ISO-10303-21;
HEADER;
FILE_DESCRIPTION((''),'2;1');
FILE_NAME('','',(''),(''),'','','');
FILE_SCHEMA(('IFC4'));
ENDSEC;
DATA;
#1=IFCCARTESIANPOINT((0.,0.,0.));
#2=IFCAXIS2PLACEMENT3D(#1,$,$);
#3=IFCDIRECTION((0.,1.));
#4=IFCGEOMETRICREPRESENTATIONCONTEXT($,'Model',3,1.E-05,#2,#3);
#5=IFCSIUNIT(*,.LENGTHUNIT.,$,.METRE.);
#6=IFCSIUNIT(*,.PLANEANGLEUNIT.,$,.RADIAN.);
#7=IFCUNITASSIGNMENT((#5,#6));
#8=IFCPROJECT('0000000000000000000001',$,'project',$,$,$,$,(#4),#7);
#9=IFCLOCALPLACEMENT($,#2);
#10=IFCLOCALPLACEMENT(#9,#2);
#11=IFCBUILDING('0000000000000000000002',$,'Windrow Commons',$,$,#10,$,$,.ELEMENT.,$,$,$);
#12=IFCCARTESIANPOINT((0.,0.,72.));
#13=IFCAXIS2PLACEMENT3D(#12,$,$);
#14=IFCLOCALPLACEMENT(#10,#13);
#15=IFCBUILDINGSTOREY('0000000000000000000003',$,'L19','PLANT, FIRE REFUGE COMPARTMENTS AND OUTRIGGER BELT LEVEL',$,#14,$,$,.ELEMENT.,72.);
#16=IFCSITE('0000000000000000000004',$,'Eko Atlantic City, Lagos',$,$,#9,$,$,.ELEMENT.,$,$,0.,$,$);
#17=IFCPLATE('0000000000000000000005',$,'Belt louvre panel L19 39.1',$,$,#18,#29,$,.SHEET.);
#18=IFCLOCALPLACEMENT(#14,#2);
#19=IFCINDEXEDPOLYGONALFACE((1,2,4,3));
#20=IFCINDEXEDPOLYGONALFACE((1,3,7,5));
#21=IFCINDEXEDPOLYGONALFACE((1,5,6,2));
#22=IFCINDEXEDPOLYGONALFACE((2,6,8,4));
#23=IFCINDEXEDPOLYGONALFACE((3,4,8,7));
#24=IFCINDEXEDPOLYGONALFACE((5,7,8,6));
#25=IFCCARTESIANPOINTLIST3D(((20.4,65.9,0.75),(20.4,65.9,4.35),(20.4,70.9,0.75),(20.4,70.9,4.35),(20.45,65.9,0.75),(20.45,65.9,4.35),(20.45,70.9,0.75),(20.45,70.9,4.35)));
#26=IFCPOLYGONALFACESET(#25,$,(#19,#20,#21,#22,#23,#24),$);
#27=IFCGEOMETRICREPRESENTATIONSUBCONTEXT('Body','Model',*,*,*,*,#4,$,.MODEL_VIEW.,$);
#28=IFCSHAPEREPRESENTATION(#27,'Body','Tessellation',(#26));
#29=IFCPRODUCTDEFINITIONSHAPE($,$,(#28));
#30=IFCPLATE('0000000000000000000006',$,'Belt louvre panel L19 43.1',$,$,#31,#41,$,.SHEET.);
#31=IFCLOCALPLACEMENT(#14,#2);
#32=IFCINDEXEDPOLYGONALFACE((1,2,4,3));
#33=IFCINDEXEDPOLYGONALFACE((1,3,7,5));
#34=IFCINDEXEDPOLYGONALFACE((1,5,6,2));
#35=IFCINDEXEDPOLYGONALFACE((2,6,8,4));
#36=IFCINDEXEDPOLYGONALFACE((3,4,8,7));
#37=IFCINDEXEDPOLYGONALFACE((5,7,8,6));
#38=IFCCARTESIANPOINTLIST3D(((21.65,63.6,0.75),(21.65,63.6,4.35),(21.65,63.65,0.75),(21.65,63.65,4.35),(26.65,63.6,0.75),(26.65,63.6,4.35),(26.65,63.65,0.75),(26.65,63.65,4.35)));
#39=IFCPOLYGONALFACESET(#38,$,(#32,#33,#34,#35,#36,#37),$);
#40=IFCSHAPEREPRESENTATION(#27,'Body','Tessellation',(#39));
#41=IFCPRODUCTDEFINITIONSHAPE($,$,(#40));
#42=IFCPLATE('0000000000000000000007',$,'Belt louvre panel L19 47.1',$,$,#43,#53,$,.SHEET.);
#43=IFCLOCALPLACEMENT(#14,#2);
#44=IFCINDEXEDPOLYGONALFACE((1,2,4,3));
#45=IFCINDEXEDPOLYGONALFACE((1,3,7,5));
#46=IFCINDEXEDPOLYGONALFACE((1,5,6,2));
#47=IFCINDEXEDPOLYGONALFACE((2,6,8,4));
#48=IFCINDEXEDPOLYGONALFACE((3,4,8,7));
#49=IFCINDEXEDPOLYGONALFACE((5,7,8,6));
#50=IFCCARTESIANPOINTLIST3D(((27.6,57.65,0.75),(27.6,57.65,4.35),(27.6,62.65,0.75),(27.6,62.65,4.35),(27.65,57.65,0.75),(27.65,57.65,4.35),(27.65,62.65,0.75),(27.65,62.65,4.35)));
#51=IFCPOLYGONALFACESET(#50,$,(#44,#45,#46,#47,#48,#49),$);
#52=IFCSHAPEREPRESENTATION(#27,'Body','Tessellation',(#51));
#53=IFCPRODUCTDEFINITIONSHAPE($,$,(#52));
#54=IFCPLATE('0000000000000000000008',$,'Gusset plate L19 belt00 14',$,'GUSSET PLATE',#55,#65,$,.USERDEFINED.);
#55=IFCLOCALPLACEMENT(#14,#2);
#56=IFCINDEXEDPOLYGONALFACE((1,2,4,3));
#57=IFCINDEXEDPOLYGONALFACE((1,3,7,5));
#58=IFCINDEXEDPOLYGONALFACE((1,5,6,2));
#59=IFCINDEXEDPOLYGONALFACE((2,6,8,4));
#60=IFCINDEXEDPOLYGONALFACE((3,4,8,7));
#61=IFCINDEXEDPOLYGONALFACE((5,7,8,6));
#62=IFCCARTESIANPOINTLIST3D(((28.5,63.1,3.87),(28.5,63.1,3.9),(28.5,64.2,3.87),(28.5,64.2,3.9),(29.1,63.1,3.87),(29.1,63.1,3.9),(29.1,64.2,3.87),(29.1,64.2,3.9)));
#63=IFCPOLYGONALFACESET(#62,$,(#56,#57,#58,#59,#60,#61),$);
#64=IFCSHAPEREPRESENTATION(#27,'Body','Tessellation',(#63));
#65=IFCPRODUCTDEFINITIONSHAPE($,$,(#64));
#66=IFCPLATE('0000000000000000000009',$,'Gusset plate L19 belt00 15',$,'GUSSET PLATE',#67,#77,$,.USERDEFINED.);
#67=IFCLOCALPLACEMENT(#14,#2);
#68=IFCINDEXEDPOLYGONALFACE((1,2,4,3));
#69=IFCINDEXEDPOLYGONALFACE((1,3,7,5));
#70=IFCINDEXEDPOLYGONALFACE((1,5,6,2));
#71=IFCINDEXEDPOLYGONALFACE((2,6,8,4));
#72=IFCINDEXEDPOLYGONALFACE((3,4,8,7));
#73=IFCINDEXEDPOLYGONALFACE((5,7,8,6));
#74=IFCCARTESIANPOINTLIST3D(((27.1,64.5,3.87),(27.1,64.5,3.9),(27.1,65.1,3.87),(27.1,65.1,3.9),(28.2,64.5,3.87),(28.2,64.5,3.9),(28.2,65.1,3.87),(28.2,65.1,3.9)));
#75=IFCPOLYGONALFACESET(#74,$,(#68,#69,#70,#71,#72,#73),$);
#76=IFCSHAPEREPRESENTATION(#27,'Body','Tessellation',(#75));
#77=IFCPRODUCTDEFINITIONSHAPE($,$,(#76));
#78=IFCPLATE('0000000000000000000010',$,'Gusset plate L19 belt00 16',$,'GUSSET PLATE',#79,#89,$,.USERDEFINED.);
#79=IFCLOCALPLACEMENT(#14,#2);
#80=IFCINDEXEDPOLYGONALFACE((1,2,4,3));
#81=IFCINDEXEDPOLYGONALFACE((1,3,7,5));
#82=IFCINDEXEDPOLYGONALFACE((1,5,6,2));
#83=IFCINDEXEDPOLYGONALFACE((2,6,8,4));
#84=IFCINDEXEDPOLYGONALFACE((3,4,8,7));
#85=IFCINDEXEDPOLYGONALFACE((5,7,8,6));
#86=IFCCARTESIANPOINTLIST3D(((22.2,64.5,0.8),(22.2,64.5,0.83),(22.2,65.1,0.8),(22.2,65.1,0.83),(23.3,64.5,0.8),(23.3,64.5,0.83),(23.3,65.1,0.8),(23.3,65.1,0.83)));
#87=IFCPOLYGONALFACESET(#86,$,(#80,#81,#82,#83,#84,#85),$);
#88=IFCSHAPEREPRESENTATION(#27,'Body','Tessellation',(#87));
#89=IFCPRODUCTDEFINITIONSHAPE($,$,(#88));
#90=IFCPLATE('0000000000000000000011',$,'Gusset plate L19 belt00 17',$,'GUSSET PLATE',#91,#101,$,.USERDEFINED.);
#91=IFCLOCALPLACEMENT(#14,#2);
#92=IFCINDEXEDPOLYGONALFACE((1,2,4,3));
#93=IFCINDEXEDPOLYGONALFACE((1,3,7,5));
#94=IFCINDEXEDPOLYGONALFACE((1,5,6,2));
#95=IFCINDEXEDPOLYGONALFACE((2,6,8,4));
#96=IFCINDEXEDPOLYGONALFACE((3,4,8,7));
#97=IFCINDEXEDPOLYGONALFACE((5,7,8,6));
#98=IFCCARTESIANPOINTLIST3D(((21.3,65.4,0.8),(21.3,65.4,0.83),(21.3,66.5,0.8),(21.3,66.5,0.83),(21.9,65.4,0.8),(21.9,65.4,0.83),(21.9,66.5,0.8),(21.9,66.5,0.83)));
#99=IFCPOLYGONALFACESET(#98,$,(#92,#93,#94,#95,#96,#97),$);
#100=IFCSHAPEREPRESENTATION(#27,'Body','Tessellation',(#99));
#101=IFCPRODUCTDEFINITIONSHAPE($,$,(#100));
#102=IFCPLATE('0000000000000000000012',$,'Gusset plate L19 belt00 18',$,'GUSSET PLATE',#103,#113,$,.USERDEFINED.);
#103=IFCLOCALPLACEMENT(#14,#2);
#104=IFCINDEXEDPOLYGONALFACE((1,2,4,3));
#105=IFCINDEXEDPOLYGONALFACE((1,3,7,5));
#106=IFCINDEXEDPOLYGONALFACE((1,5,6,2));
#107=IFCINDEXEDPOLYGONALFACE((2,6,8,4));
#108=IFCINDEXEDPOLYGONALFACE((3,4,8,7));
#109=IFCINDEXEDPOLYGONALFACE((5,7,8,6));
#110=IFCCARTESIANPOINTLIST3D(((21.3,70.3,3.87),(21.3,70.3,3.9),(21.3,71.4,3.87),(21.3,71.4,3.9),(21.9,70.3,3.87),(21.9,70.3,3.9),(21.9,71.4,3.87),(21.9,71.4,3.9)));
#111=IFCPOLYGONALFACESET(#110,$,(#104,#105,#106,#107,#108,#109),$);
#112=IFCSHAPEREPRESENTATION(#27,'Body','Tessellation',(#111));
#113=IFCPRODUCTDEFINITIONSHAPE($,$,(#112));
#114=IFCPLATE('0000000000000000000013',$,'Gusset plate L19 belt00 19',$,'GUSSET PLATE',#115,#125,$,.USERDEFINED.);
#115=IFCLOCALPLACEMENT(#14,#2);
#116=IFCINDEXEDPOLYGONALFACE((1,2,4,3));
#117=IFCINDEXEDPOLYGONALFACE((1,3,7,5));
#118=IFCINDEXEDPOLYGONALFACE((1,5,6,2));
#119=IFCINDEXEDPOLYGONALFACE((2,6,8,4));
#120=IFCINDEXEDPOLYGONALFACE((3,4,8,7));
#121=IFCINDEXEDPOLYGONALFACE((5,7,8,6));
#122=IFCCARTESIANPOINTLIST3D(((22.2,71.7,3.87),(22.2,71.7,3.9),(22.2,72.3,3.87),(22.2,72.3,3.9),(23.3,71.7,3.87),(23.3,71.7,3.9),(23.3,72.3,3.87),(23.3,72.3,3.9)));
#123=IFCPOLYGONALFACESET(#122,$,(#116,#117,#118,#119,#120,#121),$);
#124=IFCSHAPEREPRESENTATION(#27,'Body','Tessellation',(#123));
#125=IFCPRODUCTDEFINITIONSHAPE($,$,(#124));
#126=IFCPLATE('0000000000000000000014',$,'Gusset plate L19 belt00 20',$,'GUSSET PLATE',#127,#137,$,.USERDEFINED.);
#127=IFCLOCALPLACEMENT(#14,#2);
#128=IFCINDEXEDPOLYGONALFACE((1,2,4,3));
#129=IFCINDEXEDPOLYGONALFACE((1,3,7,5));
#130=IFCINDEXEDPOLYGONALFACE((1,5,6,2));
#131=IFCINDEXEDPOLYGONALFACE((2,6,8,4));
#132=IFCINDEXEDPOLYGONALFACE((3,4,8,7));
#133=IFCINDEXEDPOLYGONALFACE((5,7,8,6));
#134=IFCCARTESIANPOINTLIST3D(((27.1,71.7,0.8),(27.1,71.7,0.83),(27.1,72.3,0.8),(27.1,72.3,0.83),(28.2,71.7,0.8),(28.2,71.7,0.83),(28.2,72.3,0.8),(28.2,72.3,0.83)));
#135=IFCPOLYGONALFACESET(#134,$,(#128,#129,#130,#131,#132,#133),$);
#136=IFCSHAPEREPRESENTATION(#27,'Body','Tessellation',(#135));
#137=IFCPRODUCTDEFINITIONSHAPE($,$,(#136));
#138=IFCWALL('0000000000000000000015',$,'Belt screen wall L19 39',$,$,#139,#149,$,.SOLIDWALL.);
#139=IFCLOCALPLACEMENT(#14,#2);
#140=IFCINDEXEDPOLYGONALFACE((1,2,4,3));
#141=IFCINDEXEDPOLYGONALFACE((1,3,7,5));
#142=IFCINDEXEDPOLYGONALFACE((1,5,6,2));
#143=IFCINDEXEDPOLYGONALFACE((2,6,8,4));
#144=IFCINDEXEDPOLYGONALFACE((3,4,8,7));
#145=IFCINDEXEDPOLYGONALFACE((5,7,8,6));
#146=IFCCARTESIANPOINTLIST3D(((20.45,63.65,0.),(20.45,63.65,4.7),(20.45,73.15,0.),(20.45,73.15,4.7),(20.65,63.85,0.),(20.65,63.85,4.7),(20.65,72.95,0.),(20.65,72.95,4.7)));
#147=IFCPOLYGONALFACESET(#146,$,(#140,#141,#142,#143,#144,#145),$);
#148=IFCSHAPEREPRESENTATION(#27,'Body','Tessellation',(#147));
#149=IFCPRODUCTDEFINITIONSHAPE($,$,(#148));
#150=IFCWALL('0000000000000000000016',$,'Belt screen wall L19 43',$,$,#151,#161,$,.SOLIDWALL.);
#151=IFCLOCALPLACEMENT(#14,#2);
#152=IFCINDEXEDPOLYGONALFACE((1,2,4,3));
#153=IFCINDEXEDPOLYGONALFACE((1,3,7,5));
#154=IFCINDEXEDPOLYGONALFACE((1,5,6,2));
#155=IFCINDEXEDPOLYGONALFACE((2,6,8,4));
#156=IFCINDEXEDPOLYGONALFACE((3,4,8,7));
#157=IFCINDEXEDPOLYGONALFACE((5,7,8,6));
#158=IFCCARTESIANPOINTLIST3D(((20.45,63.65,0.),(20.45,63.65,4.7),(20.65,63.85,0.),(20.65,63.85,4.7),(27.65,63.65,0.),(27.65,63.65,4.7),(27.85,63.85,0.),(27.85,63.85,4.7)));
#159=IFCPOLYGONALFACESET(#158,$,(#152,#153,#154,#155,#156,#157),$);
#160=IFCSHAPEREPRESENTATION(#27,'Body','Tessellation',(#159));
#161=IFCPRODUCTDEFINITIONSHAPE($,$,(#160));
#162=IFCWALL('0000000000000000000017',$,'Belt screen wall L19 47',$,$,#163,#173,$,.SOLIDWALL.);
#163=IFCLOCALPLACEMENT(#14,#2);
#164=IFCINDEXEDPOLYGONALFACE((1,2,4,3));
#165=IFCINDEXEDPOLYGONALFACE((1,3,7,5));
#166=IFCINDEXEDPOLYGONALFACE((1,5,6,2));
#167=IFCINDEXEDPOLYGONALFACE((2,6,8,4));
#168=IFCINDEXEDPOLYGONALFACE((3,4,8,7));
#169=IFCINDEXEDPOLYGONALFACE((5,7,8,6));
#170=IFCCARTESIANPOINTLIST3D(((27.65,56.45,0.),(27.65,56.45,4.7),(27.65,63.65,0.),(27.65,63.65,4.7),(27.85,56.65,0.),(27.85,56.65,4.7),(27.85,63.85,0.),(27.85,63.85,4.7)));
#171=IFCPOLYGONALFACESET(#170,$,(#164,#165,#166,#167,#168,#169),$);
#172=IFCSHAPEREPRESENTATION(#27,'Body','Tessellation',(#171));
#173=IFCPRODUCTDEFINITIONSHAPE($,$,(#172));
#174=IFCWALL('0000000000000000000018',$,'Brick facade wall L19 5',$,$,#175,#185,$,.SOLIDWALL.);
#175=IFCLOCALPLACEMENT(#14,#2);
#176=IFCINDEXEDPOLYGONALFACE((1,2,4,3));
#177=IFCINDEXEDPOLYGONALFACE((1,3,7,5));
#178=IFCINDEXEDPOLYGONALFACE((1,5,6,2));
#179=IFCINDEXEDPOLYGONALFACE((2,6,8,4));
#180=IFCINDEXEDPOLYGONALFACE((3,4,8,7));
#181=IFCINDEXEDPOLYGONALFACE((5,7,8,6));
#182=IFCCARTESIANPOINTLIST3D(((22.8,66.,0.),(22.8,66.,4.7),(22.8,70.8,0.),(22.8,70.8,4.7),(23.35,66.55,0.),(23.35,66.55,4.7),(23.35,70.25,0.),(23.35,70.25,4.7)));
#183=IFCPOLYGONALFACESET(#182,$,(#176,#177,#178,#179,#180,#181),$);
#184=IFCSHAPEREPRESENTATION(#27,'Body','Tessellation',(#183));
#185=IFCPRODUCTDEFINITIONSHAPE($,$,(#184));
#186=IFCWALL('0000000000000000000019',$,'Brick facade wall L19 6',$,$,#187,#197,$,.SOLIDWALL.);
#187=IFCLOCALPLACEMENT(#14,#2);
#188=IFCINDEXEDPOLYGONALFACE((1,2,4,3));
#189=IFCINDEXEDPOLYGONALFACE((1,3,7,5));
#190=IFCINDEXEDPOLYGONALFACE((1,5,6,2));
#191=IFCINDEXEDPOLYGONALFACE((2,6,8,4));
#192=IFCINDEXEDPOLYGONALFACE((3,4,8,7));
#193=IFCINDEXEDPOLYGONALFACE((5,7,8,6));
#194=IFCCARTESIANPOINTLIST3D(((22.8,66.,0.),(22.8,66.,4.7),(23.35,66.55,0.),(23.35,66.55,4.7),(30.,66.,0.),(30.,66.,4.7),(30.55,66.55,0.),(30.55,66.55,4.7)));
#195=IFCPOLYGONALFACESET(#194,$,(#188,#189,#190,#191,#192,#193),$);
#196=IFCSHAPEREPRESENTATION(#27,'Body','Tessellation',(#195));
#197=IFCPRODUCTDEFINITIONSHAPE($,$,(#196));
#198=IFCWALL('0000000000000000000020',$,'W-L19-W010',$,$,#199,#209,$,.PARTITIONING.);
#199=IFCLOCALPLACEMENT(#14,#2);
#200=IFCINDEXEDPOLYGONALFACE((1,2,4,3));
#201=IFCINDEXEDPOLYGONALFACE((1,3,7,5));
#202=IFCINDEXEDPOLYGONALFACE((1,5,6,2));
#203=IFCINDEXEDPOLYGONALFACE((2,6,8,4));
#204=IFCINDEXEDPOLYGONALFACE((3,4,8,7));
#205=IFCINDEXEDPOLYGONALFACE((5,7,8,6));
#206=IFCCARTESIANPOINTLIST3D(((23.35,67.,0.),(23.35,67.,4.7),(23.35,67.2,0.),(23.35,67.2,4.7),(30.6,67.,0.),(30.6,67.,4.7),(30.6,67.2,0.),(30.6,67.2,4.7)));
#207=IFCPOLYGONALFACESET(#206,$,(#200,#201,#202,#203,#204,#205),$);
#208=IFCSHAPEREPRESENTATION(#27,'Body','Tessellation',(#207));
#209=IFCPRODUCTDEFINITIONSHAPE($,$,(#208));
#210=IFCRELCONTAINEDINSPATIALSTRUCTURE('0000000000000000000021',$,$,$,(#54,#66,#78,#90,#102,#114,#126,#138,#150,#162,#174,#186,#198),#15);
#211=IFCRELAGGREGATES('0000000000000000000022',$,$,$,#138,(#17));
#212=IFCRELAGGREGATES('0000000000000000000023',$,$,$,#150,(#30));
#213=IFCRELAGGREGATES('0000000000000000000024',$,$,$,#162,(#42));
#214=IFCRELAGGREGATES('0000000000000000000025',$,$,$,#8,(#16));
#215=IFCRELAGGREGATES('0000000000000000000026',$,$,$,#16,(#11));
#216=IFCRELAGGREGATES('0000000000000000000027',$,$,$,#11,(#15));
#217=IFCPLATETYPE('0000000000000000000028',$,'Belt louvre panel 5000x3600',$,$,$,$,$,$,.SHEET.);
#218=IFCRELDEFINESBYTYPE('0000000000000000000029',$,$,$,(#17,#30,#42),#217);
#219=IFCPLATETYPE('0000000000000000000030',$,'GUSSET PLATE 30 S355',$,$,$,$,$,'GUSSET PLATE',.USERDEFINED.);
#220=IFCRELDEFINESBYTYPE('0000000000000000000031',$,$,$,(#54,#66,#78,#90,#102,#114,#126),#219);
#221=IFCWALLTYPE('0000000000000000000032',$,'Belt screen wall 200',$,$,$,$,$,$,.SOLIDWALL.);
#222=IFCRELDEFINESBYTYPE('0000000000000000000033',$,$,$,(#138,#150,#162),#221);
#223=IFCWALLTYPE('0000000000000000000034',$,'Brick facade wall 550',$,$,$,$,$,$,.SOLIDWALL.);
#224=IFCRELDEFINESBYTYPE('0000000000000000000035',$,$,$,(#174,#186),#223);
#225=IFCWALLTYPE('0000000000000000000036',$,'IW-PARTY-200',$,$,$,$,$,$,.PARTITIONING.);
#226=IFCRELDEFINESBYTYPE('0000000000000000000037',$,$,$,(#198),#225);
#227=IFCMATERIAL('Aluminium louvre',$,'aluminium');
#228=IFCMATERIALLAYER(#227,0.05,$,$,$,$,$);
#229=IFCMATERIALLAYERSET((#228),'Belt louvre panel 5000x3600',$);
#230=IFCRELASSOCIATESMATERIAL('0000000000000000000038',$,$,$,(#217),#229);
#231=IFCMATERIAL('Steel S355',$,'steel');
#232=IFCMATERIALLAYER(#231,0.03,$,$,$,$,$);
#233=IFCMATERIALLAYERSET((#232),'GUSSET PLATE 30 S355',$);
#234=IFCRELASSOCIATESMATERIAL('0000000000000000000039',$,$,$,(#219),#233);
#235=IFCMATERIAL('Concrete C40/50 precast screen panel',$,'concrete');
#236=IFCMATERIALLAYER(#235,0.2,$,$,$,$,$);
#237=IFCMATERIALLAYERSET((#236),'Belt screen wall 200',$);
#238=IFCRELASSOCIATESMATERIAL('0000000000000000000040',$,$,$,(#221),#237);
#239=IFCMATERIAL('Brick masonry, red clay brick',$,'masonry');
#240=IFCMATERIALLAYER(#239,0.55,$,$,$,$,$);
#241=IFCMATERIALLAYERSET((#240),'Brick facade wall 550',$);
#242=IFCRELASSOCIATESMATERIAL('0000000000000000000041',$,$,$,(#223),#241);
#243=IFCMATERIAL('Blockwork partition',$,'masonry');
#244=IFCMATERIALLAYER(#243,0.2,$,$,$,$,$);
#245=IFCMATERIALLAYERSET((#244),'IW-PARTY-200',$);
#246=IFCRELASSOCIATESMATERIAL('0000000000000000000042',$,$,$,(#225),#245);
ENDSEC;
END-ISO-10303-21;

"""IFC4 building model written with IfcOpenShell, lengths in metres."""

from ifc_helpers import new_model, si_unit, direction, frame, frame_2d, origin, origin_2d, place, context, subcontext, project, spatial, polyline, rectangle, outline, extrude, material, layer, layer_set, type_object, element, aggregate, save


model = new_model("IFC4")

# Units and contexts
model_context = context("Model", 3, precision=1e-05, world=origin(), true_north=direction((0.0, 1.0)))
body_context = subcontext(model_context, "Body", "Model", "MODEL_VIEW")
ifc_project = project(units=[si_unit("LENGTHUNIT", "METRE"), si_unit("PLANEANGLEUNIT", "RADIAN")], contexts=[model_context])

# Site, building, storey
site_placement = place(None, origin())
site = spatial("IfcSite", under=ifc_project, at=site_placement, Name="Eko Atlantic City, Lagos", CompositionType="ELEMENT", RefElevation=0.0)
building_placement = place(site_placement, origin())
building = spatial("IfcBuilding", under=site, at=building_placement, Name="Windrow Commons", CompositionType="ELEMENT")
storey_placement = place(building_placement, frame((0.0, 0.0, 72.0)))
storey = spatial("IfcBuildingStorey", under=building, at=storey_placement, Name="L19", Description="PLANT, FIRE REFUGE COMPARTMENTS AND OUTRIGGER BELT LEVEL", CompositionType="ELEMENT", Elevation=72.0)

# Plates
ifc_material_1 = material(Name="Aluminium louvre", Category="aluminium")
ifc_layer_1 = layer(ifc_material_1, 0.05)
ifc_layer_set_1 = layer_set([ifc_layer_1], Name="Belt louvre panel 5000x3600")
plate_type_1 = type_object("IfcPlateType", Name="Belt louvre panel 5000x3600", PredefinedType="SHEET", material=ifc_layer_set_1)
plate_1_placement = place(storey_placement, frame((20.4, 70.9, 0.75), z_axis=(-1.0, 0.0, 0.0), x_axis=(0.0, -1.0, 0.0)))
plate_1 = element("IfcPlate", 1, at=plate_1_placement, type_object=plate_type_1, Name="Belt louvre panel L19 39.1", PredefinedType="SHEET", context=body_context, shape_type="SweptSolid", body=[
    extrude(outline(polyline([(0.0, 0.0), (5.0, 0.0), (5.0, 3.6), (0.0, 3.6), (0.0, 0.0)])), origin(), (0.0, 0.0, -1.0), 0.05),
])
plate_2_placement = place(storey_placement, frame((21.65, 63.6, 0.75), z_axis=(0.0, -1.0, 0.0), x_axis=(1.0, 0.0, 0.0)))
plate_2 = element("IfcPlate", 2, at=plate_2_placement, type_object=plate_type_1, Name="Belt louvre panel L19 43.1", PredefinedType="SHEET", context=body_context, shape_type="SweptSolid", body=[
    extrude(outline(polyline([(0.0, 0.0), (5.0, 0.0), (5.0, 3.6), (0.0, 3.6), (0.0, 0.0)])), origin(), (0.0, 0.0, -1.0), 0.05),
])
plate_3_placement = place(storey_placement, frame((27.6, 62.65, 0.75), z_axis=(-1.0, 0.0, 0.0), x_axis=(0.0, -1.0, 0.0)))
plate_3 = element("IfcPlate", 3, at=plate_3_placement, type_object=plate_type_1, Name="Belt louvre panel L19 47.1", PredefinedType="SHEET", context=body_context, shape_type="SweptSolid", body=[
    extrude(outline(polyline([(0.0, 0.0), (5.0, 0.0), (5.0, 3.6), (0.0, 3.6), (0.0, 0.0)])), origin(), (0.0, 0.0, -1.0), 0.05),
])

# Plates
ifc_material_2 = material(Name="Steel S355", Category="steel")
ifc_layer_2 = layer(ifc_material_2, 0.03)
ifc_layer_set_2 = layer_set([ifc_layer_2], Name="GUSSET PLATE 30 S355")
plate_type_2 = type_object("IfcPlateType", Name="GUSSET PLATE 30 S355", ElementType="GUSSET PLATE", PredefinedType="USERDEFINED", material=ifc_layer_set_2)
for number, where, z_axis, x_axis, name in (
    (4, (28.8, 63.65, 3.87), (0.0, 0.0, 1.0), (0.0, 1.0, 0.0), "Gusset plate L19 belt00 14"),
    (5, (27.65, 64.8, 3.87), (0.0, 0.0, 1.0), (-1.0, 0.0, 0.0), "Gusset plate L19 belt00 15"),
    (6, (22.75, 64.8, 0.8), (0.0, 0.0, 1.0), (-1.0, 0.0, 0.0), "Gusset plate L19 belt00 16"),
    (7, (21.6, 65.95, 0.8), (0.0, 0.0, 1.0), (0.0, 1.0, 0.0), "Gusset plate L19 belt00 17"),
    (8, (21.6, 70.85, 3.87), (0.0, 0.0, 1.0), (0.0, 1.0, 0.0), "Gusset plate L19 belt00 18"),
    (9, (22.75, 72.0, 3.87), (0.0, 0.0, 1.0), (1.0, 0.0, 0.0), "Gusset plate L19 belt00 19"),
    (10, (27.65, 72.0, 0.8), (0.0, 0.0, 1.0), (1.0, 0.0, 0.0), "Gusset plate L19 belt00 20"),
):
    element("IfcPlate", number, at=place(storey_placement, frame(where, z_axis=z_axis, x_axis=x_axis)), inside=storey, type_object=plate_type_2, Name=name, ObjectType="GUSSET PLATE", PredefinedType="USERDEFINED", context=body_context, shape_type="SweptSolid", body=[
        extrude(rectangle(XDim=1.1, YDim=0.6, at=origin_2d()), origin(), (0.0, 0.0, 1.0), 0.03),
    ])

# Walls
ifc_material_3 = material(Name="Concrete C40/50 precast screen panel", Category="concrete")
ifc_layer_3 = layer(ifc_material_3, 0.2)
ifc_layer_set_3 = layer_set([ifc_layer_3], Name="Belt screen wall 200")
wall_type_1 = type_object("IfcWallType", Name="Belt screen wall 200", PredefinedType="SOLIDWALL", material=ifc_layer_set_3)
wall_1_placement = place(storey_placement, frame((20.55, 73.05, 0.0), z_axis=(0.0, 0.0, 1.0), x_axis=(0.0, -1.0, 0.0)))
wall_1 = element("IfcWall", 11, at=wall_1_placement, inside=storey, type_object=wall_type_1, Name="Belt screen wall L19 39", PredefinedType="SOLIDWALL", context=body_context, shape_type="SweptSolid", body=[
    extrude(outline(polyline([(-0.1, -0.1), (9.4, -0.1), (9.2, 0.1), (0.1, 0.1), (-0.1, -0.1)])), origin(), (0.0, 0.0, 1.0), 4.7),
])
aggregate(wall_1, [plate_1])
wall_2_placement = place(storey_placement, frame((20.55, 63.75, 0.0), z_axis=(0.0, 0.0, 1.0), x_axis=(1.0, 0.0, 0.0)))
wall_2 = element("IfcWall", 12, at=wall_2_placement, inside=storey, type_object=wall_type_1, Name="Belt screen wall L19 43", PredefinedType="SOLIDWALL", context=body_context, shape_type="SweptSolid", body=[
    extrude(outline(polyline([(-0.1, -0.1), (7.1, -0.1), (7.3, 0.1), (0.1, 0.1), (-0.1, -0.1)])), origin(), (0.0, 0.0, 1.0), 4.7),
])
aggregate(wall_2, [plate_2])
wall_3_placement = place(storey_placement, frame((27.75, 63.75, 0.0), z_axis=(0.0, 0.0, 1.0), x_axis=(0.0, -1.0, 0.0)))
wall_3 = element("IfcWall", 13, at=wall_3_placement, inside=storey, type_object=wall_type_1, Name="Belt screen wall L19 47", PredefinedType="SOLIDWALL", context=body_context, shape_type="SweptSolid", body=[
    extrude(outline(polyline([(0.1, -0.1), (7.3, -0.1), (7.1, 0.1), (-0.1, 0.1), (0.1, -0.1)])), origin(), (0.0, 0.0, 1.0), 4.7),
])
aggregate(wall_3, [plate_3])

# Walls
ifc_material_4 = material(Name="Brick masonry, red clay brick", Category="masonry")
ifc_layer_4 = layer(ifc_material_4, 0.55)
ifc_layer_set_4 = layer_set([ifc_layer_4], Name="Brick facade wall 550")
wall_type_2 = type_object("IfcWallType", Name="Brick facade wall 550", PredefinedType="SOLIDWALL", material=ifc_layer_set_4)
wall_4_placement = place(storey_placement, frame((23.075, 70.525, 0.0), z_axis=(0.0, 0.0, 1.0), x_axis=(0.0, -1.0, 0.0)))
element("IfcWall", 14, at=wall_4_placement, inside=storey, type_object=wall_type_2, Name="Brick facade wall L19 5", PredefinedType="SOLIDWALL", context=body_context, shape_type="SweptSolid", body=[
    extrude(outline(polyline([(-0.275, -0.275), (4.525, -0.275), (3.975, 0.275), (0.275, 0.275), (-0.275, -0.275)])), origin(), (0.0, 0.0, 1.0), 4.7),
])
wall_5_placement = place(storey_placement, frame((23.075, 66.275, 0.0), z_axis=(0.0, 0.0, 1.0), x_axis=(1.0, 0.0, 0.0)))
element("IfcWall", 15, at=wall_5_placement, inside=storey, type_object=wall_type_2, Name="Brick facade wall L19 6", PredefinedType="SOLIDWALL", context=body_context, shape_type="SweptSolid", body=[
    extrude(outline(polyline([(-0.275, -0.275), (6.925, -0.275), (7.475, 0.275), (0.275, 0.275), (-0.275, -0.275)])), origin(), (0.0, 0.0, 1.0), 4.7),
])
ifc_material_5 = material(Name="Blockwork partition", Category="masonry")
ifc_layer_5 = layer(ifc_material_5, 0.2)
ifc_layer_set_5 = layer_set([ifc_layer_5], Name="IW-PARTY-200")
wall_type_3 = type_object("IfcWallType", Name="IW-PARTY-200", PredefinedType="PARTITIONING", material=ifc_layer_set_5)
wall_6_placement = place(storey_placement, frame((23.35, 67.1, 0.0), z_axis=(0.0, 0.0, 1.0), x_axis=(1.0, 0.0, 0.0)))
element("IfcWall", 16, at=wall_6_placement, inside=storey, type_object=wall_type_3, Name="W-L19-W010", PredefinedType="PARTITIONING", context=body_context, shape_type="SweptSolid", body=[
    extrude(rectangle(XDim=7.25, YDim=0.2, at=frame_2d((3.625, 0.0))), origin(), (0.0, 0.0, 1.0), 4.7),
])

save(model, "model.ifc")
